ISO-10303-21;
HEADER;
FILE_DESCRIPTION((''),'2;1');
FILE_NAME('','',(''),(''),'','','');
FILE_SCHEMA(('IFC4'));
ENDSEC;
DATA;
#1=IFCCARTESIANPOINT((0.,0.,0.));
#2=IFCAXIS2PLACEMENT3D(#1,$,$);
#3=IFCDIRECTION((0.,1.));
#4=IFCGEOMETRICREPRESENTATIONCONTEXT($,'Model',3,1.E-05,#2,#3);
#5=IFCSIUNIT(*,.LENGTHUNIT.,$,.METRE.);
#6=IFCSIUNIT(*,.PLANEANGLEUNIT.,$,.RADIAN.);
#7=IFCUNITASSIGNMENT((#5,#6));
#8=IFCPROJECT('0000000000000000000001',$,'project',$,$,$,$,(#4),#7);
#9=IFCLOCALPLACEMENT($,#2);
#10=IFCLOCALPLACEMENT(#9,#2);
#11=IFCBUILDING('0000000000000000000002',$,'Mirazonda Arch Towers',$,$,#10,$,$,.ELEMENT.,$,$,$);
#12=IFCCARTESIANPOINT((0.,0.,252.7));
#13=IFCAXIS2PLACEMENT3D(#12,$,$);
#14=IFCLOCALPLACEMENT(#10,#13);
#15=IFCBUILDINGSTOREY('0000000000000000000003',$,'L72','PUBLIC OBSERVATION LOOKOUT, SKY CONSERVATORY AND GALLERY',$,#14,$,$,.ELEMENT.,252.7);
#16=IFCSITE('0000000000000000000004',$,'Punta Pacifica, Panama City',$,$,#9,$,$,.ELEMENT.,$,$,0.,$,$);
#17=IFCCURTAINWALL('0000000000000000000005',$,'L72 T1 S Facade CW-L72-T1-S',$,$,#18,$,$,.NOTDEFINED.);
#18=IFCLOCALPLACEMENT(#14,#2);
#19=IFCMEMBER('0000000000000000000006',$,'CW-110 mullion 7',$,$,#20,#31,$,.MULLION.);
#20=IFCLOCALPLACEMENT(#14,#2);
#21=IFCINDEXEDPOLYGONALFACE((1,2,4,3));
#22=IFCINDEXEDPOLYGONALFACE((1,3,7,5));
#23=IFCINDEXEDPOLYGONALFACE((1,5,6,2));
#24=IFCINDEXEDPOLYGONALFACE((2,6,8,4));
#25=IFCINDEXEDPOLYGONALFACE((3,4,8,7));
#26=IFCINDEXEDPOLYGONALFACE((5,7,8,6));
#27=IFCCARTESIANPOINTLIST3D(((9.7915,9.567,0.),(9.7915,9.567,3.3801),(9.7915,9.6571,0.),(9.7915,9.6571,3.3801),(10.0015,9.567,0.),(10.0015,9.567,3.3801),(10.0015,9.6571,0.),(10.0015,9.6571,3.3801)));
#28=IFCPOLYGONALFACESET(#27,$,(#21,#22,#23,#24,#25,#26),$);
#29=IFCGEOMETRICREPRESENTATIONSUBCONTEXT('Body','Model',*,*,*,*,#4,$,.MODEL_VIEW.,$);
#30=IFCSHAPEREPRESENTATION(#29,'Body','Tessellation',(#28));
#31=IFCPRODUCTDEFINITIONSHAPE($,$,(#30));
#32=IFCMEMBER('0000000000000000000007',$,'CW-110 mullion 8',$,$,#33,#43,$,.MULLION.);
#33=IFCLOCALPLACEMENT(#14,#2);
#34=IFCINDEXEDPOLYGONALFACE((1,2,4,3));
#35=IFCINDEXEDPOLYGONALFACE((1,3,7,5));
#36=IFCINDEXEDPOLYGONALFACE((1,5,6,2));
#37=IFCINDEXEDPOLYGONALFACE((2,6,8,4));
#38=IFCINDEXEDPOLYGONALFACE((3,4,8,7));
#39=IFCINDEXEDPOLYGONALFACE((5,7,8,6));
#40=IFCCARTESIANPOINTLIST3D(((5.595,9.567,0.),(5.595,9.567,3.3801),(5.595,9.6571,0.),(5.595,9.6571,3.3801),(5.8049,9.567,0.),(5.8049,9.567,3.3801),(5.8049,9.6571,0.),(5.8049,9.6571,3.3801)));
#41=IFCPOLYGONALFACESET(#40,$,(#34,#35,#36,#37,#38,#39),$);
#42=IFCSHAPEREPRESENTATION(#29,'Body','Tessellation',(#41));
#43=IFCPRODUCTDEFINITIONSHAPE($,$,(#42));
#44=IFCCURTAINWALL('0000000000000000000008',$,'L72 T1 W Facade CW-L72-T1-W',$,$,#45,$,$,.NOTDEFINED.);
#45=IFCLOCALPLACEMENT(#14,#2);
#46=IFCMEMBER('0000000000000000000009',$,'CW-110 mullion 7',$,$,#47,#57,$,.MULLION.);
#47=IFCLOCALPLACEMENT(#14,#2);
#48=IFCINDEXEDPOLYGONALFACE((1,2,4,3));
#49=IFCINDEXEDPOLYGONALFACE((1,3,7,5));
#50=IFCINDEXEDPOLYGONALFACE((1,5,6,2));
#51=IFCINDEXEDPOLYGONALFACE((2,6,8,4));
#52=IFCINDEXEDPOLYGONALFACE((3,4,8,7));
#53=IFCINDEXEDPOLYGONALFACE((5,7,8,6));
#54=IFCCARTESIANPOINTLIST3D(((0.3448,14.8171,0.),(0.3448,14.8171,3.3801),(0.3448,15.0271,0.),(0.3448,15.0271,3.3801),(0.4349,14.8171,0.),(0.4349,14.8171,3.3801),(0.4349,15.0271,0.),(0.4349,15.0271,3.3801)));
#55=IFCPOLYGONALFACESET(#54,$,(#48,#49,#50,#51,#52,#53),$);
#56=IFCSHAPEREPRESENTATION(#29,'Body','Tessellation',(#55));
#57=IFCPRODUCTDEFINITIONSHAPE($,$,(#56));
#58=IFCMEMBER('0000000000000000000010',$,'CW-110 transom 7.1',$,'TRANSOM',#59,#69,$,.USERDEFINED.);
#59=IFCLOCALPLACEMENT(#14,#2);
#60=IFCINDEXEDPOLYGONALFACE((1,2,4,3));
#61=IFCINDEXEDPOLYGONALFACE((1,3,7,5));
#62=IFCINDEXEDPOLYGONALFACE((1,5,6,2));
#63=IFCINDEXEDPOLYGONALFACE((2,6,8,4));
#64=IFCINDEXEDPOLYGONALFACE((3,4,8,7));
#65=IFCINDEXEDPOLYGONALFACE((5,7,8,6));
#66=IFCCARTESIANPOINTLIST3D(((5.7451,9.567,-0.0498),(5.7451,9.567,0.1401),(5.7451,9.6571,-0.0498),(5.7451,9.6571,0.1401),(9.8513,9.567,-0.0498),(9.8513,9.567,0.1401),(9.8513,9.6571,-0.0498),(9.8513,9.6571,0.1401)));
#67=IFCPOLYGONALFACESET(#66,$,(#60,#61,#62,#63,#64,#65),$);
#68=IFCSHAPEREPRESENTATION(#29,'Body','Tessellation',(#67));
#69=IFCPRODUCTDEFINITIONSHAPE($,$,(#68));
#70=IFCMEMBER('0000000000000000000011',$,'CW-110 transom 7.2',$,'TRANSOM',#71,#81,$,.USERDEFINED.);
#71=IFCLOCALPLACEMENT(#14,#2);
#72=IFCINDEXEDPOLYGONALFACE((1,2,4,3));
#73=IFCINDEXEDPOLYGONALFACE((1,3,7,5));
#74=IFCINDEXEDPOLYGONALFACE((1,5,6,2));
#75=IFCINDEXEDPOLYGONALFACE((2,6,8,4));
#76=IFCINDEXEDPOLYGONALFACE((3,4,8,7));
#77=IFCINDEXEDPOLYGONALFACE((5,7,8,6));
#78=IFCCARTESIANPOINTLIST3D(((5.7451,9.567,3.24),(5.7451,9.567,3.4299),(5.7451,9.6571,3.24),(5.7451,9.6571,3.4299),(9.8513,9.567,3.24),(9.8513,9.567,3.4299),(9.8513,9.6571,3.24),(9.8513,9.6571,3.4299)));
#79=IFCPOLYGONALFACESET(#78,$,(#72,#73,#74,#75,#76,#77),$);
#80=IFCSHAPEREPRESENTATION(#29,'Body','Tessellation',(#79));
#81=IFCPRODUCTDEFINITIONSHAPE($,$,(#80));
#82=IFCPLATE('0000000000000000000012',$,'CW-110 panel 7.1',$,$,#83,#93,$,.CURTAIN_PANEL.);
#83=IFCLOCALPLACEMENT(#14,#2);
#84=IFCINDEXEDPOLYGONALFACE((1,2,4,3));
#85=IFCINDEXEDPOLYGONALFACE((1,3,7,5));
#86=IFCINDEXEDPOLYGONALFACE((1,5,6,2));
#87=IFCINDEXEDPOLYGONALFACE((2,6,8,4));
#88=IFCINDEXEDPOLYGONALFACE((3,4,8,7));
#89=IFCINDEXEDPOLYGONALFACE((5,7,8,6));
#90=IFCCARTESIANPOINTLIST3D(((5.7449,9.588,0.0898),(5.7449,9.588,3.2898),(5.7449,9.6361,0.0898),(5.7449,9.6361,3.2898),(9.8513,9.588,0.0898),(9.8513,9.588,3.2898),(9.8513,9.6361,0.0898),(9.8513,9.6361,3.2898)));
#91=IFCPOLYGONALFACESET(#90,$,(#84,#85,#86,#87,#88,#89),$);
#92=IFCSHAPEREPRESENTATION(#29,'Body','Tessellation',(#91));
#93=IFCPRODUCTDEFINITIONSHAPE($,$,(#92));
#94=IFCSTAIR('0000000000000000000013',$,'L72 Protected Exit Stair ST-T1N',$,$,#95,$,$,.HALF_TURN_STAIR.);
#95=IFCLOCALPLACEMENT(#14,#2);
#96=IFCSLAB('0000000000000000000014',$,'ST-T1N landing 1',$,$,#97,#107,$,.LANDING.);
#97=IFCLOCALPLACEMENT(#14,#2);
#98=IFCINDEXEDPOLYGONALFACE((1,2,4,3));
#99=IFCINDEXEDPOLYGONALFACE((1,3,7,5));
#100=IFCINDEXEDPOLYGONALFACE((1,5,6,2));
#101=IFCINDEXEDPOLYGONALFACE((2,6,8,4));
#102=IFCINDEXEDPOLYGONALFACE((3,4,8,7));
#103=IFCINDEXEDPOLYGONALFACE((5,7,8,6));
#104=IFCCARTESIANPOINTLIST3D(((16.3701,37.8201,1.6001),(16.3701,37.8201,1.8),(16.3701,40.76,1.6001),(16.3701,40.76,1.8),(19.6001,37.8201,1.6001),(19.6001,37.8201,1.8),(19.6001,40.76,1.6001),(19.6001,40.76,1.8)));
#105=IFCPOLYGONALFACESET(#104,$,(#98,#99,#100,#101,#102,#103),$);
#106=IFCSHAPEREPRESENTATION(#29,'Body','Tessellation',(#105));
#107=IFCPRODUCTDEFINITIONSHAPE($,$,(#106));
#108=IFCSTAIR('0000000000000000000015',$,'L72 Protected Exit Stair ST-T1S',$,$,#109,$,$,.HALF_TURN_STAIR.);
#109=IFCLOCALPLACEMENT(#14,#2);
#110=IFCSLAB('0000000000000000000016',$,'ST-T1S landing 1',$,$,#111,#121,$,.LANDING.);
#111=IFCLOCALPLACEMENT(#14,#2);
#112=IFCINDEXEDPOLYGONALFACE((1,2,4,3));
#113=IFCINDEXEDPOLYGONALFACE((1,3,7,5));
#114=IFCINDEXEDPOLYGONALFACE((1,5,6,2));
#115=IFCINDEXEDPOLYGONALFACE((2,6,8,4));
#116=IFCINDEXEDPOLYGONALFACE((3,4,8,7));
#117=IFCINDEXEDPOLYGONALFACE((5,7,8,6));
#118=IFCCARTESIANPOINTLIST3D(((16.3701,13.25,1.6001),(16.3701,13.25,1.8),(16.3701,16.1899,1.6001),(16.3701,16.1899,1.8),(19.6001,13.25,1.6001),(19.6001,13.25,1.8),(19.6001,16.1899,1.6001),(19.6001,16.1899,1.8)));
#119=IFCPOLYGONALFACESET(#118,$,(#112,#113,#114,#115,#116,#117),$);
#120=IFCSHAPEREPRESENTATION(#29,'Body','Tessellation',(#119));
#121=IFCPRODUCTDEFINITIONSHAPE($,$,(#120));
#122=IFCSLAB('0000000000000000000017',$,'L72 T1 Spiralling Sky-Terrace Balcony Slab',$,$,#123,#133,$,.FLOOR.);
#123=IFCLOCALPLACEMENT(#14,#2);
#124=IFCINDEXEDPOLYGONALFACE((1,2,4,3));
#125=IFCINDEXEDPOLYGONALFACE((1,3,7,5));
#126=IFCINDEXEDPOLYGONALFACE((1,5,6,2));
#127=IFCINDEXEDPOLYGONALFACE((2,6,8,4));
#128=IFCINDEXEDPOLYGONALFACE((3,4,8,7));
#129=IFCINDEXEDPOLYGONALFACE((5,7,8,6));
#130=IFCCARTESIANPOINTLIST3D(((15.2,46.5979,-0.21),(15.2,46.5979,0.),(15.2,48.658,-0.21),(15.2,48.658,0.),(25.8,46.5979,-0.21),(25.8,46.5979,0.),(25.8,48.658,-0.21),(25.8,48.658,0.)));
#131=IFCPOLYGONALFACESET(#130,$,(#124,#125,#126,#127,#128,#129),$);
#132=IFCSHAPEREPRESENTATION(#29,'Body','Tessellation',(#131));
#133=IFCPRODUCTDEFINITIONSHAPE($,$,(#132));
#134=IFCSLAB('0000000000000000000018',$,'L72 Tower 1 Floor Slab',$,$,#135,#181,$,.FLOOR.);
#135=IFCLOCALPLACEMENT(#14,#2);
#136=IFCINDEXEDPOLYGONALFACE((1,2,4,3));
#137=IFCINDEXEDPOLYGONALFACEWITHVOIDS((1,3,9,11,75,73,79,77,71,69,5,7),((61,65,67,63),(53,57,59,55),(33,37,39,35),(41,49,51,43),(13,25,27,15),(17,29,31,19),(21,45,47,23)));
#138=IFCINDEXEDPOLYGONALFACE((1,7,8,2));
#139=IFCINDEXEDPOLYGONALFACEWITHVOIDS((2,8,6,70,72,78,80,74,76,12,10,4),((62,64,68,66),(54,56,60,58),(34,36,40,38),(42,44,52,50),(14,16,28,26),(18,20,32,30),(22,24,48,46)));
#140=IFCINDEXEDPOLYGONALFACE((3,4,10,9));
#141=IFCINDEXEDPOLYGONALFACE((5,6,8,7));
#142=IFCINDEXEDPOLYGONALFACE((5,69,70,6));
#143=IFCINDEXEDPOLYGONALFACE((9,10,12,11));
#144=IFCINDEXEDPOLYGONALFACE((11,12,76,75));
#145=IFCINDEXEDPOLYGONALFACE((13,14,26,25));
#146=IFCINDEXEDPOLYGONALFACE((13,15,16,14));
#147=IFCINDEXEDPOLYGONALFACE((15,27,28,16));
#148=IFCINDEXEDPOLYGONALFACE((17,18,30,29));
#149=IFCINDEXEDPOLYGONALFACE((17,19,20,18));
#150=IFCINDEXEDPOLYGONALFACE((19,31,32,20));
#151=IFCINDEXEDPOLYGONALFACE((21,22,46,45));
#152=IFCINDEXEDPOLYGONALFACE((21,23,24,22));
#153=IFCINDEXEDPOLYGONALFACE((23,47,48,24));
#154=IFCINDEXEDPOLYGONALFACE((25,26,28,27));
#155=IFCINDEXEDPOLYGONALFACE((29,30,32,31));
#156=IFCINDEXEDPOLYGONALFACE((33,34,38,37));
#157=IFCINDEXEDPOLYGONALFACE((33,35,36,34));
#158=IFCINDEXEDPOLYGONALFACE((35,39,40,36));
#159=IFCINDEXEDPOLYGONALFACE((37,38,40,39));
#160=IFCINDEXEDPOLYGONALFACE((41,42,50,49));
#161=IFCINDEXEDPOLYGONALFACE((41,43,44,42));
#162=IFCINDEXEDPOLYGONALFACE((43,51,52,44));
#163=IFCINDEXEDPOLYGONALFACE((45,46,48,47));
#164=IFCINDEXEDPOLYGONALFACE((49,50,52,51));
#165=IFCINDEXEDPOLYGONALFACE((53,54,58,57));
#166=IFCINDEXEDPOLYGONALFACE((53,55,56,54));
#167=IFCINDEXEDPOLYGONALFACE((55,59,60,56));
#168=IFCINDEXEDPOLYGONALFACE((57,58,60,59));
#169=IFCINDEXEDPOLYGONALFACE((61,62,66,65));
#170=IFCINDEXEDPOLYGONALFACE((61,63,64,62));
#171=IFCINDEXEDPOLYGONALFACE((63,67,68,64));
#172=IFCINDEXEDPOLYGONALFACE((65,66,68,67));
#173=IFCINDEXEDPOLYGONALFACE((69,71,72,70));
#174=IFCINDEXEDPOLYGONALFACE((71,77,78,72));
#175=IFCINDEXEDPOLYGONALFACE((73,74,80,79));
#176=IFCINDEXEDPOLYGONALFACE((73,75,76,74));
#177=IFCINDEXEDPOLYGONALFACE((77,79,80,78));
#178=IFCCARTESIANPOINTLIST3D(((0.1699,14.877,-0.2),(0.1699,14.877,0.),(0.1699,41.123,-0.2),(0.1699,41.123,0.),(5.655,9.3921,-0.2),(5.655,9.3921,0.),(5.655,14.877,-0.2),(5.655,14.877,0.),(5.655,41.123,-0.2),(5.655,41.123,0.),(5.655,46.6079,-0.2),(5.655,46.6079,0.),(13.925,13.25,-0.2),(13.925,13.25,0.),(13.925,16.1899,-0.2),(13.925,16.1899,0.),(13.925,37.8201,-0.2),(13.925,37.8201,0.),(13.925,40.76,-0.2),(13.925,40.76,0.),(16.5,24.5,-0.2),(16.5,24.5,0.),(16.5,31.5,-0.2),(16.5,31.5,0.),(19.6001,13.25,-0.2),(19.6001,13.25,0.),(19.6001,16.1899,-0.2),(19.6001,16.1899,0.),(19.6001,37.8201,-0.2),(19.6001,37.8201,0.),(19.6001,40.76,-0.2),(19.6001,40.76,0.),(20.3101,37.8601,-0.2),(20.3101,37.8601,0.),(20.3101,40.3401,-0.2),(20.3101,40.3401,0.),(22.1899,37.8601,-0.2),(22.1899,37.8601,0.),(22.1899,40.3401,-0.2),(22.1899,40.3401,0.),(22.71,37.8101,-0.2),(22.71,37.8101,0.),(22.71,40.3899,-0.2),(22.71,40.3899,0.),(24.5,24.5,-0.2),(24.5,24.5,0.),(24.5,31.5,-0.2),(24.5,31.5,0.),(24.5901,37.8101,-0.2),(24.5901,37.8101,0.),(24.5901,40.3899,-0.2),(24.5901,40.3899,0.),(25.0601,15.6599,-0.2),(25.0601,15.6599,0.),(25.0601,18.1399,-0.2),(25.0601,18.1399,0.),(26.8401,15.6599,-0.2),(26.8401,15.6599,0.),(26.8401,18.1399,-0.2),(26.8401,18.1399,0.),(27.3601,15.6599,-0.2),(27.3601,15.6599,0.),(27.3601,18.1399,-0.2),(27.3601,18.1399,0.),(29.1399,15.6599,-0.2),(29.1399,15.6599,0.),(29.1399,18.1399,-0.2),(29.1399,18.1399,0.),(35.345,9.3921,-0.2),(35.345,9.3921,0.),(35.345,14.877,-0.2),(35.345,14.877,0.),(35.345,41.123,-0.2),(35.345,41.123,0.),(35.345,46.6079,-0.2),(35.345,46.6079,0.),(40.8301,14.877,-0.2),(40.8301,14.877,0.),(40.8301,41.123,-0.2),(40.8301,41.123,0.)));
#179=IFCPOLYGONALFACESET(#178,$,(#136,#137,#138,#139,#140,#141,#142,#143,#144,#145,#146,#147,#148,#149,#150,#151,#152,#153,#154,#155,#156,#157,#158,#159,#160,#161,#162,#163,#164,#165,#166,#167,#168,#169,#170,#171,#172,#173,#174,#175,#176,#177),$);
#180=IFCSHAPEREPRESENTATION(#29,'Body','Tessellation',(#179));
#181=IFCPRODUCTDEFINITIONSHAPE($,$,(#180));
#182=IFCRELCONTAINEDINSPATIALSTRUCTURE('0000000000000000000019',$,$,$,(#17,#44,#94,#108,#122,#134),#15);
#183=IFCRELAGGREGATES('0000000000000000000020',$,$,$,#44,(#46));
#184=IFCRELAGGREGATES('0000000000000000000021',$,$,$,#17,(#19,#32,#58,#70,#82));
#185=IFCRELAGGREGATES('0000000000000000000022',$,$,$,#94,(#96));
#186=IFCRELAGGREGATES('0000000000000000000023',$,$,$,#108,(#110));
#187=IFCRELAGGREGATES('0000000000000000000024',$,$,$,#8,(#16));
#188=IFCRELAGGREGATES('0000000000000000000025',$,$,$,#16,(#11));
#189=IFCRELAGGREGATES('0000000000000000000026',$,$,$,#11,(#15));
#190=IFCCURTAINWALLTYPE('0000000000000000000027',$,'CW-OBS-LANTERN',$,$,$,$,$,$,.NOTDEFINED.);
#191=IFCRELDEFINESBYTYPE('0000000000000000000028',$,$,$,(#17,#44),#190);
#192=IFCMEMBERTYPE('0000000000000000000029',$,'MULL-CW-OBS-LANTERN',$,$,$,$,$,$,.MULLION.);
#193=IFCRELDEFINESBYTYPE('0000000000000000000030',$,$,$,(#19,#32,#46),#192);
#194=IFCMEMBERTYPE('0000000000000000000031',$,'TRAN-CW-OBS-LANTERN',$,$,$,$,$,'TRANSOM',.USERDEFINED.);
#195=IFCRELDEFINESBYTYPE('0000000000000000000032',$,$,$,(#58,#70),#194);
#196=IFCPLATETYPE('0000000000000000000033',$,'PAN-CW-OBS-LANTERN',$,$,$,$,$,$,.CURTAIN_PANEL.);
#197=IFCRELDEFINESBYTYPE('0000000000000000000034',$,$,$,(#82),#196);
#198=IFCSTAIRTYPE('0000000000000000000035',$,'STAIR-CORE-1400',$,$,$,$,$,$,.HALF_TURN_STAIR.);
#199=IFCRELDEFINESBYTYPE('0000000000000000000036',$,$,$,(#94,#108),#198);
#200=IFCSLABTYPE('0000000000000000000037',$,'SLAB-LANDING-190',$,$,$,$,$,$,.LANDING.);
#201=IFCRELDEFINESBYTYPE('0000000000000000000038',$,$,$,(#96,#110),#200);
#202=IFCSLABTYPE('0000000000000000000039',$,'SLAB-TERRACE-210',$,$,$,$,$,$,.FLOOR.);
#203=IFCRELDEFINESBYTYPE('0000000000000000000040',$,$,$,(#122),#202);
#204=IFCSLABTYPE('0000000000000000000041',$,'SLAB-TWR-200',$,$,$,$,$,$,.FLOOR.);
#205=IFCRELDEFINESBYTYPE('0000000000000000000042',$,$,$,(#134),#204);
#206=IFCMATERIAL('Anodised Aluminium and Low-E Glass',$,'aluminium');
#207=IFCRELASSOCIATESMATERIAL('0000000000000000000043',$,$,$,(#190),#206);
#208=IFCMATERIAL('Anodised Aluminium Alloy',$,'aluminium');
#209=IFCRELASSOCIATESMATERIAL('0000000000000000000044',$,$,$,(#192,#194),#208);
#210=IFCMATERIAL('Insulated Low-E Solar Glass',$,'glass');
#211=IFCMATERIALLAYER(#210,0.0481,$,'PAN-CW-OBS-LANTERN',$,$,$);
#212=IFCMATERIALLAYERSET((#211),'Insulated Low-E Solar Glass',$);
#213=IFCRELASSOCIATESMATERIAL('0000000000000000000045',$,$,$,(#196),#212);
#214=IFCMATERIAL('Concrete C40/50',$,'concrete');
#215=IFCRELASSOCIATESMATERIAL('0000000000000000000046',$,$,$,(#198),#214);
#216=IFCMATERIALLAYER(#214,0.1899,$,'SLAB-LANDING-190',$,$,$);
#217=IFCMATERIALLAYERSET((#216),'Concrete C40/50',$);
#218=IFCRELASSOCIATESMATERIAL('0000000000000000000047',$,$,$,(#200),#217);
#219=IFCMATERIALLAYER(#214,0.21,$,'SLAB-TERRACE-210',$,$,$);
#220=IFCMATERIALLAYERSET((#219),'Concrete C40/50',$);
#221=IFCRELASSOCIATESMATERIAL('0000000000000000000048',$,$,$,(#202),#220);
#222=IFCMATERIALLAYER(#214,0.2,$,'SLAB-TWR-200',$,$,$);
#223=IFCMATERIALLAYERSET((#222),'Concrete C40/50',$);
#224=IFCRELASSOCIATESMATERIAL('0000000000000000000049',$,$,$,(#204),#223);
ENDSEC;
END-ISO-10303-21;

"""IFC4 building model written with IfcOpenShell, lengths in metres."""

from ifc_helpers import new_model, si_unit, direction, frame, origin, origin_2d, place, context, subcontext, project, spatial, polyline, rectangle, outline, extrude, material, layer, layer_set, material_profile, profile_set, type_object, element, aggregate, save


model = new_model("IFC4")

# Units and contexts
model_context = context("Model", 3, precision=1e-05, world=origin(), true_north=direction((0.0, 1.0)))
body_context = subcontext(model_context, "Body", "Model", "MODEL_VIEW")
ifc_project = project(units=[si_unit("LENGTHUNIT", "METRE"), si_unit("PLANEANGLEUNIT", "RADIAN")], contexts=[model_context])

# Site, building, storey
site_placement = place(None, origin())
site = spatial("IfcSite", under=ifc_project, at=site_placement, Name="Punta Pacifica, Panama City", CompositionType="ELEMENT", RefElevation=0.0)
building_placement = place(site_placement, origin())
building = spatial("IfcBuilding", under=site, at=building_placement, Name="Mirazonda Arch Towers", CompositionType="ELEMENT")
storey_placement = place(building_placement, frame((0.0, 0.0, 252.7)))
storey = spatial("IfcBuildingStorey", under=building, at=storey_placement, Name="L72", Description="PUBLIC OBSERVATION LOOKOUT, SKY CONSERVATORY AND GALLERY", CompositionType="ELEMENT", Elevation=252.7)

# Curtain wall, members
ifc_material_1 = material(Name="Anodised Aluminium and Low-E Glass", Category="aluminium")
curtain_wall_type = type_object("IfcCurtainWallType", Name="CW-OBS-LANTERN", PredefinedType="NOTDEFINED", material=ifc_material_1)
curtain_wall_1_placement = place(storey_placement, origin())
curtain_wall_1 = element("IfcCurtainWall", 1, at=curtain_wall_1_placement, inside=storey, type_object=curtain_wall_type, Name="L72 T1 S Facade CW-L72-T1-S", PredefinedType="NOTDEFINED")
ifc_material_2 = material(Name="Anodised Aluminium Alloy", Category="aluminium")
ifc_material_profile_1 = material_profile(ifc_material_2, rectangle(XDim=0.0901, YDim=0.21, at=origin_2d()), Name="ALU-MULL-90x210")
ifc_profile_set_1 = profile_set([ifc_material_profile_1], Name="Anodised Aluminium Alloy")
member_type_1 = type_object("IfcMemberType", Name="MULL-CW-OBS-LANTERN", PredefinedType="MULLION", material=ifc_profile_set_1)
member_1_placement = place(storey_placement, frame((9.8965, 9.6121, 0.0), z_axis=(0.0, 0.0, 1.0), x_axis=(0.0, -1.0, 0.0)))
member_1 = element("IfcMember", 2, at=member_1_placement, type_object=member_type_1, Name="CW-110 mullion 7", PredefinedType="MULLION", context=body_context, shape_type="SweptSolid", body=[
    extrude(rectangle(XDim=0.0901, YDim=0.21, at=origin_2d()), origin(), (0.0, 0.0, 1.0), 3.3801),
])
member_2_placement = place(storey_placement, frame((5.7, 9.6121, 0.0), z_axis=(0.0, 0.0, 1.0), x_axis=(0.0, -1.0, 0.0)))
member_2 = element("IfcMember", 3, at=member_2_placement, type_object=member_type_1, Name="CW-110 mullion 8", PredefinedType="MULLION", context=body_context, shape_type="SweptSolid", body=[
    extrude(rectangle(XDim=0.0901, YDim=0.21, at=origin_2d()), origin(), (0.0, 0.0, 1.0), 3.3801),
])

# Curtain wall, member
curtain_wall_2_placement = place(storey_placement, origin())
curtain_wall_2 = element("IfcCurtainWall", 4, at=curtain_wall_2_placement, inside=storey, type_object=curtain_wall_type, Name="L72 T1 W Facade CW-L72-T1-W", PredefinedType="NOTDEFINED")
member_3_placement = place(storey_placement, frame((0.3899, 14.9221, 0.0), z_axis=(0.0, 0.0, 1.0), x_axis=(1.0, 0.0, 0.0)))
member_3 = element("IfcMember", 5, at=member_3_placement, type_object=member_type_1, Name="CW-110 mullion 7", PredefinedType="MULLION", context=body_context, shape_type="SweptSolid", body=[
    extrude(rectangle(XDim=0.0901, YDim=0.21, at=origin_2d()), origin(), (0.0, 0.0, 1.0), 3.3801),
])
aggregate(curtain_wall_2, [member_3])

# Members
ifc_material_profile_2 = material_profile(ifc_material_2, rectangle(XDim=0.0901, YDim=0.1899, at=origin_2d()), Name="ALU-TRAN-90x190")
ifc_profile_set_2 = profile_set([ifc_material_profile_2], Name="Anodised Aluminium Alloy")
member_type_2 = type_object("IfcMemberType", Name="TRAN-CW-OBS-LANTERN", ElementType="TRANSOM", PredefinedType="USERDEFINED", material=ifc_profile_set_2)
member_4_placement = place(storey_placement, frame((9.8513, 9.6121, 0.0452), z_axis=(-1.0, 0.0, 0.0), x_axis=(0.0, -1.0, 0.0)))
member_4 = element("IfcMember", 6, at=member_4_placement, type_object=member_type_2, Name="CW-110 transom 7.1", ObjectType="TRANSOM", PredefinedType="USERDEFINED", context=body_context, shape_type="SweptSolid", body=[
    extrude(rectangle(XDim=0.0901, YDim=0.1899, at=origin_2d()), origin(), (0.0, 0.0, 1.0), 4.1062),
])
member_5_placement = place(storey_placement, frame((9.8513, 9.6121, 3.335), z_axis=(-1.0, 0.0, 0.0), x_axis=(0.0, -1.0, 0.0)))
member_5 = element("IfcMember", 7, at=member_5_placement, type_object=member_type_2, Name="CW-110 transom 7.2", ObjectType="TRANSOM", PredefinedType="USERDEFINED", context=body_context, shape_type="SweptSolid", body=[
    extrude(rectangle(XDim=0.0901, YDim=0.1899, at=origin_2d()), origin(), (0.0, 0.0, 1.0), 4.1062),
])

# Plate
ifc_material_3 = material(Name="Insulated Low-E Solar Glass", Category="glass")
ifc_layer_1 = layer(ifc_material_3, 0.0481, Name="PAN-CW-OBS-LANTERN")
ifc_layer_set_1 = layer_set([ifc_layer_1], Name="Insulated Low-E Solar Glass")
plate_type = type_object("IfcPlateType", Name="PAN-CW-OBS-LANTERN", PredefinedType="CURTAIN_PANEL", material=ifc_layer_set_1)
plate_placement = place(storey_placement, frame((7.7981, 9.6121, 0.0898), z_axis=(0.0, 0.0, 1.0), x_axis=(-1.0, 0.0, 0.0)))
plate = element("IfcPlate", 8, at=plate_placement, type_object=plate_type, Name="CW-110 panel 7.1", PredefinedType="CURTAIN_PANEL", context=body_context, shape_type="SweptSolid", body=[
    extrude(rectangle(XDim=4.1064, YDim=0.0481, at=origin_2d()), origin(), (0.0, 0.0, 1.0), 3.2),
])
aggregate(curtain_wall_1, [member_1, member_2, member_4, member_5, plate])

# Stairs, slabs
ifc_material_4 = material(Name="Concrete C40/50", Category="concrete")
stair_type = type_object("IfcStairType", Name="STAIR-CORE-1400", PredefinedType="HALF_TURN_STAIR", material=ifc_material_4)
stair_1_placement = place(storey_placement, origin())
stair_1 = element("IfcStair", 9, at=stair_1_placement, inside=storey, type_object=stair_type, Name="L72 Protected Exit Stair ST-T1N", PredefinedType="HALF_TURN_STAIR")
ifc_layer_2 = layer(ifc_material_4, 0.1899, Name="SLAB-LANDING-190")
ifc_layer_set_2 = layer_set([ifc_layer_2], Name="Concrete C40/50")
slab_type_1 = type_object("IfcSlabType", Name="SLAB-LANDING-190", PredefinedType="LANDING", material=ifc_layer_set_2)
slab_1_placement = place(storey_placement, frame((0.0, 0.0, 1.6001)))
slab_1 = element("IfcSlab", 10, at=slab_1_placement, type_object=slab_type_1, Name="ST-T1N landing 1", PredefinedType="LANDING", context=body_context, shape_type="SweptSolid", body=[
    extrude(outline(polyline([(16.3701, 37.8201), (19.6001, 37.8201), (19.6001, 40.76), (16.3701, 40.76), (16.3701, 37.8201)])), origin(), (0.0, 0.0, 1.0), 0.2),
])
aggregate(stair_1, [slab_1])
stair_2_placement = place(storey_placement, origin())
stair_2 = element("IfcStair", 11, at=stair_2_placement, inside=storey, type_object=stair_type, Name="L72 Protected Exit Stair ST-T1S", PredefinedType="HALF_TURN_STAIR")
slab_2_placement = place(storey_placement, frame((0.0, 0.0, 1.6001)))
slab_2 = element("IfcSlab", 12, at=slab_2_placement, type_object=slab_type_1, Name="ST-T1S landing 1", PredefinedType="LANDING", context=body_context, shape_type="SweptSolid", body=[
    extrude(outline(polyline([(16.3701, 13.25), (19.6001, 13.25), (19.6001, 16.1899), (16.3701, 16.1899), (16.3701, 13.25)])), origin(), (0.0, 0.0, 1.0), 0.2),
])
aggregate(stair_2, [slab_2])

# Slabs
ifc_layer_3 = layer(ifc_material_4, 0.21, Name="SLAB-TERRACE-210")
ifc_layer_set_3 = layer_set([ifc_layer_3], Name="Concrete C40/50")
slab_type_2 = type_object("IfcSlabType", Name="SLAB-TERRACE-210", PredefinedType="FLOOR", material=ifc_layer_set_3)
slab_3_placement = place(storey_placement, frame((0.0, 0.0, -0.21)))
element("IfcSlab", 13, at=slab_3_placement, inside=storey, type_object=slab_type_2, Name="L72 T1 Spiralling Sky-Terrace Balcony Slab", PredefinedType="FLOOR", context=body_context, shape_type="SweptSolid", body=[
    extrude(outline(polyline([(15.2, 46.5979), (25.8, 46.5979), (25.8, 48.658), (15.2, 48.658), (15.2, 46.5979)])), origin(), (0.0, 0.0, 1.0), 0.21),
])
ifc_layer_4 = layer(ifc_material_4, 0.2, Name="SLAB-TWR-200")
ifc_layer_set_4 = layer_set([ifc_layer_4], Name="Concrete C40/50")
slab_type_3 = type_object("IfcSlabType", Name="SLAB-TWR-200", PredefinedType="FLOOR", material=ifc_layer_set_4)
slab_4_placement = place(storey_placement, frame((0.0, 0.0, -0.2)))
element("IfcSlab", 14, at=slab_4_placement, inside=storey, type_object=slab_type_3, Name="L72 Tower 1 Floor Slab", PredefinedType="FLOOR", context=body_context, shape_type="SweptSolid", body=[
    extrude(outline(polyline([(5.655, 9.3921), (35.345, 9.3921), (35.345, 14.877), (40.8301, 14.877), (40.8301, 41.123), (35.345, 41.123), (35.345, 46.6079), (5.655, 46.6079), (5.655, 41.123), (0.1699, 41.123), (0.1699, 14.877), (5.655, 14.877), (5.655, 9.3921)]), holes=[polyline([(27.3601, 18.1399), (29.1399, 18.1399), (29.1399, 15.6599), (27.3601, 15.6599), (27.3601, 18.1399)]), polyline([(25.0601, 18.1399), (26.8401, 18.1399), (26.8401, 15.6599), (25.0601, 15.6599), (25.0601, 18.1399)]), polyline([(22.71, 40.3899), (24.5901, 40.3899), (24.5901, 37.8101), (22.71, 37.8101), (22.71, 40.3899)]), polyline([(16.5, 31.5), (24.5, 31.5), (24.5, 24.5), (16.5, 24.5), (16.5, 31.5)]), polyline([(20.3101, 40.3401), (22.1899, 40.3401), (22.1899, 37.8601), (20.3101, 37.8601), (20.3101, 40.3401)]), polyline([(19.6001, 13.25), (13.925, 13.25), (13.925, 16.1899), (19.6001, 16.1899), (19.6001, 13.25)]), polyline([(13.925, 37.8201), (13.925, 40.76), (19.6001, 40.76), (19.6001, 37.8201), (13.925, 37.8201)])]), origin(), (0.0, 0.0, 1.0), 0.2),
])

save(model, "model.ifc")
